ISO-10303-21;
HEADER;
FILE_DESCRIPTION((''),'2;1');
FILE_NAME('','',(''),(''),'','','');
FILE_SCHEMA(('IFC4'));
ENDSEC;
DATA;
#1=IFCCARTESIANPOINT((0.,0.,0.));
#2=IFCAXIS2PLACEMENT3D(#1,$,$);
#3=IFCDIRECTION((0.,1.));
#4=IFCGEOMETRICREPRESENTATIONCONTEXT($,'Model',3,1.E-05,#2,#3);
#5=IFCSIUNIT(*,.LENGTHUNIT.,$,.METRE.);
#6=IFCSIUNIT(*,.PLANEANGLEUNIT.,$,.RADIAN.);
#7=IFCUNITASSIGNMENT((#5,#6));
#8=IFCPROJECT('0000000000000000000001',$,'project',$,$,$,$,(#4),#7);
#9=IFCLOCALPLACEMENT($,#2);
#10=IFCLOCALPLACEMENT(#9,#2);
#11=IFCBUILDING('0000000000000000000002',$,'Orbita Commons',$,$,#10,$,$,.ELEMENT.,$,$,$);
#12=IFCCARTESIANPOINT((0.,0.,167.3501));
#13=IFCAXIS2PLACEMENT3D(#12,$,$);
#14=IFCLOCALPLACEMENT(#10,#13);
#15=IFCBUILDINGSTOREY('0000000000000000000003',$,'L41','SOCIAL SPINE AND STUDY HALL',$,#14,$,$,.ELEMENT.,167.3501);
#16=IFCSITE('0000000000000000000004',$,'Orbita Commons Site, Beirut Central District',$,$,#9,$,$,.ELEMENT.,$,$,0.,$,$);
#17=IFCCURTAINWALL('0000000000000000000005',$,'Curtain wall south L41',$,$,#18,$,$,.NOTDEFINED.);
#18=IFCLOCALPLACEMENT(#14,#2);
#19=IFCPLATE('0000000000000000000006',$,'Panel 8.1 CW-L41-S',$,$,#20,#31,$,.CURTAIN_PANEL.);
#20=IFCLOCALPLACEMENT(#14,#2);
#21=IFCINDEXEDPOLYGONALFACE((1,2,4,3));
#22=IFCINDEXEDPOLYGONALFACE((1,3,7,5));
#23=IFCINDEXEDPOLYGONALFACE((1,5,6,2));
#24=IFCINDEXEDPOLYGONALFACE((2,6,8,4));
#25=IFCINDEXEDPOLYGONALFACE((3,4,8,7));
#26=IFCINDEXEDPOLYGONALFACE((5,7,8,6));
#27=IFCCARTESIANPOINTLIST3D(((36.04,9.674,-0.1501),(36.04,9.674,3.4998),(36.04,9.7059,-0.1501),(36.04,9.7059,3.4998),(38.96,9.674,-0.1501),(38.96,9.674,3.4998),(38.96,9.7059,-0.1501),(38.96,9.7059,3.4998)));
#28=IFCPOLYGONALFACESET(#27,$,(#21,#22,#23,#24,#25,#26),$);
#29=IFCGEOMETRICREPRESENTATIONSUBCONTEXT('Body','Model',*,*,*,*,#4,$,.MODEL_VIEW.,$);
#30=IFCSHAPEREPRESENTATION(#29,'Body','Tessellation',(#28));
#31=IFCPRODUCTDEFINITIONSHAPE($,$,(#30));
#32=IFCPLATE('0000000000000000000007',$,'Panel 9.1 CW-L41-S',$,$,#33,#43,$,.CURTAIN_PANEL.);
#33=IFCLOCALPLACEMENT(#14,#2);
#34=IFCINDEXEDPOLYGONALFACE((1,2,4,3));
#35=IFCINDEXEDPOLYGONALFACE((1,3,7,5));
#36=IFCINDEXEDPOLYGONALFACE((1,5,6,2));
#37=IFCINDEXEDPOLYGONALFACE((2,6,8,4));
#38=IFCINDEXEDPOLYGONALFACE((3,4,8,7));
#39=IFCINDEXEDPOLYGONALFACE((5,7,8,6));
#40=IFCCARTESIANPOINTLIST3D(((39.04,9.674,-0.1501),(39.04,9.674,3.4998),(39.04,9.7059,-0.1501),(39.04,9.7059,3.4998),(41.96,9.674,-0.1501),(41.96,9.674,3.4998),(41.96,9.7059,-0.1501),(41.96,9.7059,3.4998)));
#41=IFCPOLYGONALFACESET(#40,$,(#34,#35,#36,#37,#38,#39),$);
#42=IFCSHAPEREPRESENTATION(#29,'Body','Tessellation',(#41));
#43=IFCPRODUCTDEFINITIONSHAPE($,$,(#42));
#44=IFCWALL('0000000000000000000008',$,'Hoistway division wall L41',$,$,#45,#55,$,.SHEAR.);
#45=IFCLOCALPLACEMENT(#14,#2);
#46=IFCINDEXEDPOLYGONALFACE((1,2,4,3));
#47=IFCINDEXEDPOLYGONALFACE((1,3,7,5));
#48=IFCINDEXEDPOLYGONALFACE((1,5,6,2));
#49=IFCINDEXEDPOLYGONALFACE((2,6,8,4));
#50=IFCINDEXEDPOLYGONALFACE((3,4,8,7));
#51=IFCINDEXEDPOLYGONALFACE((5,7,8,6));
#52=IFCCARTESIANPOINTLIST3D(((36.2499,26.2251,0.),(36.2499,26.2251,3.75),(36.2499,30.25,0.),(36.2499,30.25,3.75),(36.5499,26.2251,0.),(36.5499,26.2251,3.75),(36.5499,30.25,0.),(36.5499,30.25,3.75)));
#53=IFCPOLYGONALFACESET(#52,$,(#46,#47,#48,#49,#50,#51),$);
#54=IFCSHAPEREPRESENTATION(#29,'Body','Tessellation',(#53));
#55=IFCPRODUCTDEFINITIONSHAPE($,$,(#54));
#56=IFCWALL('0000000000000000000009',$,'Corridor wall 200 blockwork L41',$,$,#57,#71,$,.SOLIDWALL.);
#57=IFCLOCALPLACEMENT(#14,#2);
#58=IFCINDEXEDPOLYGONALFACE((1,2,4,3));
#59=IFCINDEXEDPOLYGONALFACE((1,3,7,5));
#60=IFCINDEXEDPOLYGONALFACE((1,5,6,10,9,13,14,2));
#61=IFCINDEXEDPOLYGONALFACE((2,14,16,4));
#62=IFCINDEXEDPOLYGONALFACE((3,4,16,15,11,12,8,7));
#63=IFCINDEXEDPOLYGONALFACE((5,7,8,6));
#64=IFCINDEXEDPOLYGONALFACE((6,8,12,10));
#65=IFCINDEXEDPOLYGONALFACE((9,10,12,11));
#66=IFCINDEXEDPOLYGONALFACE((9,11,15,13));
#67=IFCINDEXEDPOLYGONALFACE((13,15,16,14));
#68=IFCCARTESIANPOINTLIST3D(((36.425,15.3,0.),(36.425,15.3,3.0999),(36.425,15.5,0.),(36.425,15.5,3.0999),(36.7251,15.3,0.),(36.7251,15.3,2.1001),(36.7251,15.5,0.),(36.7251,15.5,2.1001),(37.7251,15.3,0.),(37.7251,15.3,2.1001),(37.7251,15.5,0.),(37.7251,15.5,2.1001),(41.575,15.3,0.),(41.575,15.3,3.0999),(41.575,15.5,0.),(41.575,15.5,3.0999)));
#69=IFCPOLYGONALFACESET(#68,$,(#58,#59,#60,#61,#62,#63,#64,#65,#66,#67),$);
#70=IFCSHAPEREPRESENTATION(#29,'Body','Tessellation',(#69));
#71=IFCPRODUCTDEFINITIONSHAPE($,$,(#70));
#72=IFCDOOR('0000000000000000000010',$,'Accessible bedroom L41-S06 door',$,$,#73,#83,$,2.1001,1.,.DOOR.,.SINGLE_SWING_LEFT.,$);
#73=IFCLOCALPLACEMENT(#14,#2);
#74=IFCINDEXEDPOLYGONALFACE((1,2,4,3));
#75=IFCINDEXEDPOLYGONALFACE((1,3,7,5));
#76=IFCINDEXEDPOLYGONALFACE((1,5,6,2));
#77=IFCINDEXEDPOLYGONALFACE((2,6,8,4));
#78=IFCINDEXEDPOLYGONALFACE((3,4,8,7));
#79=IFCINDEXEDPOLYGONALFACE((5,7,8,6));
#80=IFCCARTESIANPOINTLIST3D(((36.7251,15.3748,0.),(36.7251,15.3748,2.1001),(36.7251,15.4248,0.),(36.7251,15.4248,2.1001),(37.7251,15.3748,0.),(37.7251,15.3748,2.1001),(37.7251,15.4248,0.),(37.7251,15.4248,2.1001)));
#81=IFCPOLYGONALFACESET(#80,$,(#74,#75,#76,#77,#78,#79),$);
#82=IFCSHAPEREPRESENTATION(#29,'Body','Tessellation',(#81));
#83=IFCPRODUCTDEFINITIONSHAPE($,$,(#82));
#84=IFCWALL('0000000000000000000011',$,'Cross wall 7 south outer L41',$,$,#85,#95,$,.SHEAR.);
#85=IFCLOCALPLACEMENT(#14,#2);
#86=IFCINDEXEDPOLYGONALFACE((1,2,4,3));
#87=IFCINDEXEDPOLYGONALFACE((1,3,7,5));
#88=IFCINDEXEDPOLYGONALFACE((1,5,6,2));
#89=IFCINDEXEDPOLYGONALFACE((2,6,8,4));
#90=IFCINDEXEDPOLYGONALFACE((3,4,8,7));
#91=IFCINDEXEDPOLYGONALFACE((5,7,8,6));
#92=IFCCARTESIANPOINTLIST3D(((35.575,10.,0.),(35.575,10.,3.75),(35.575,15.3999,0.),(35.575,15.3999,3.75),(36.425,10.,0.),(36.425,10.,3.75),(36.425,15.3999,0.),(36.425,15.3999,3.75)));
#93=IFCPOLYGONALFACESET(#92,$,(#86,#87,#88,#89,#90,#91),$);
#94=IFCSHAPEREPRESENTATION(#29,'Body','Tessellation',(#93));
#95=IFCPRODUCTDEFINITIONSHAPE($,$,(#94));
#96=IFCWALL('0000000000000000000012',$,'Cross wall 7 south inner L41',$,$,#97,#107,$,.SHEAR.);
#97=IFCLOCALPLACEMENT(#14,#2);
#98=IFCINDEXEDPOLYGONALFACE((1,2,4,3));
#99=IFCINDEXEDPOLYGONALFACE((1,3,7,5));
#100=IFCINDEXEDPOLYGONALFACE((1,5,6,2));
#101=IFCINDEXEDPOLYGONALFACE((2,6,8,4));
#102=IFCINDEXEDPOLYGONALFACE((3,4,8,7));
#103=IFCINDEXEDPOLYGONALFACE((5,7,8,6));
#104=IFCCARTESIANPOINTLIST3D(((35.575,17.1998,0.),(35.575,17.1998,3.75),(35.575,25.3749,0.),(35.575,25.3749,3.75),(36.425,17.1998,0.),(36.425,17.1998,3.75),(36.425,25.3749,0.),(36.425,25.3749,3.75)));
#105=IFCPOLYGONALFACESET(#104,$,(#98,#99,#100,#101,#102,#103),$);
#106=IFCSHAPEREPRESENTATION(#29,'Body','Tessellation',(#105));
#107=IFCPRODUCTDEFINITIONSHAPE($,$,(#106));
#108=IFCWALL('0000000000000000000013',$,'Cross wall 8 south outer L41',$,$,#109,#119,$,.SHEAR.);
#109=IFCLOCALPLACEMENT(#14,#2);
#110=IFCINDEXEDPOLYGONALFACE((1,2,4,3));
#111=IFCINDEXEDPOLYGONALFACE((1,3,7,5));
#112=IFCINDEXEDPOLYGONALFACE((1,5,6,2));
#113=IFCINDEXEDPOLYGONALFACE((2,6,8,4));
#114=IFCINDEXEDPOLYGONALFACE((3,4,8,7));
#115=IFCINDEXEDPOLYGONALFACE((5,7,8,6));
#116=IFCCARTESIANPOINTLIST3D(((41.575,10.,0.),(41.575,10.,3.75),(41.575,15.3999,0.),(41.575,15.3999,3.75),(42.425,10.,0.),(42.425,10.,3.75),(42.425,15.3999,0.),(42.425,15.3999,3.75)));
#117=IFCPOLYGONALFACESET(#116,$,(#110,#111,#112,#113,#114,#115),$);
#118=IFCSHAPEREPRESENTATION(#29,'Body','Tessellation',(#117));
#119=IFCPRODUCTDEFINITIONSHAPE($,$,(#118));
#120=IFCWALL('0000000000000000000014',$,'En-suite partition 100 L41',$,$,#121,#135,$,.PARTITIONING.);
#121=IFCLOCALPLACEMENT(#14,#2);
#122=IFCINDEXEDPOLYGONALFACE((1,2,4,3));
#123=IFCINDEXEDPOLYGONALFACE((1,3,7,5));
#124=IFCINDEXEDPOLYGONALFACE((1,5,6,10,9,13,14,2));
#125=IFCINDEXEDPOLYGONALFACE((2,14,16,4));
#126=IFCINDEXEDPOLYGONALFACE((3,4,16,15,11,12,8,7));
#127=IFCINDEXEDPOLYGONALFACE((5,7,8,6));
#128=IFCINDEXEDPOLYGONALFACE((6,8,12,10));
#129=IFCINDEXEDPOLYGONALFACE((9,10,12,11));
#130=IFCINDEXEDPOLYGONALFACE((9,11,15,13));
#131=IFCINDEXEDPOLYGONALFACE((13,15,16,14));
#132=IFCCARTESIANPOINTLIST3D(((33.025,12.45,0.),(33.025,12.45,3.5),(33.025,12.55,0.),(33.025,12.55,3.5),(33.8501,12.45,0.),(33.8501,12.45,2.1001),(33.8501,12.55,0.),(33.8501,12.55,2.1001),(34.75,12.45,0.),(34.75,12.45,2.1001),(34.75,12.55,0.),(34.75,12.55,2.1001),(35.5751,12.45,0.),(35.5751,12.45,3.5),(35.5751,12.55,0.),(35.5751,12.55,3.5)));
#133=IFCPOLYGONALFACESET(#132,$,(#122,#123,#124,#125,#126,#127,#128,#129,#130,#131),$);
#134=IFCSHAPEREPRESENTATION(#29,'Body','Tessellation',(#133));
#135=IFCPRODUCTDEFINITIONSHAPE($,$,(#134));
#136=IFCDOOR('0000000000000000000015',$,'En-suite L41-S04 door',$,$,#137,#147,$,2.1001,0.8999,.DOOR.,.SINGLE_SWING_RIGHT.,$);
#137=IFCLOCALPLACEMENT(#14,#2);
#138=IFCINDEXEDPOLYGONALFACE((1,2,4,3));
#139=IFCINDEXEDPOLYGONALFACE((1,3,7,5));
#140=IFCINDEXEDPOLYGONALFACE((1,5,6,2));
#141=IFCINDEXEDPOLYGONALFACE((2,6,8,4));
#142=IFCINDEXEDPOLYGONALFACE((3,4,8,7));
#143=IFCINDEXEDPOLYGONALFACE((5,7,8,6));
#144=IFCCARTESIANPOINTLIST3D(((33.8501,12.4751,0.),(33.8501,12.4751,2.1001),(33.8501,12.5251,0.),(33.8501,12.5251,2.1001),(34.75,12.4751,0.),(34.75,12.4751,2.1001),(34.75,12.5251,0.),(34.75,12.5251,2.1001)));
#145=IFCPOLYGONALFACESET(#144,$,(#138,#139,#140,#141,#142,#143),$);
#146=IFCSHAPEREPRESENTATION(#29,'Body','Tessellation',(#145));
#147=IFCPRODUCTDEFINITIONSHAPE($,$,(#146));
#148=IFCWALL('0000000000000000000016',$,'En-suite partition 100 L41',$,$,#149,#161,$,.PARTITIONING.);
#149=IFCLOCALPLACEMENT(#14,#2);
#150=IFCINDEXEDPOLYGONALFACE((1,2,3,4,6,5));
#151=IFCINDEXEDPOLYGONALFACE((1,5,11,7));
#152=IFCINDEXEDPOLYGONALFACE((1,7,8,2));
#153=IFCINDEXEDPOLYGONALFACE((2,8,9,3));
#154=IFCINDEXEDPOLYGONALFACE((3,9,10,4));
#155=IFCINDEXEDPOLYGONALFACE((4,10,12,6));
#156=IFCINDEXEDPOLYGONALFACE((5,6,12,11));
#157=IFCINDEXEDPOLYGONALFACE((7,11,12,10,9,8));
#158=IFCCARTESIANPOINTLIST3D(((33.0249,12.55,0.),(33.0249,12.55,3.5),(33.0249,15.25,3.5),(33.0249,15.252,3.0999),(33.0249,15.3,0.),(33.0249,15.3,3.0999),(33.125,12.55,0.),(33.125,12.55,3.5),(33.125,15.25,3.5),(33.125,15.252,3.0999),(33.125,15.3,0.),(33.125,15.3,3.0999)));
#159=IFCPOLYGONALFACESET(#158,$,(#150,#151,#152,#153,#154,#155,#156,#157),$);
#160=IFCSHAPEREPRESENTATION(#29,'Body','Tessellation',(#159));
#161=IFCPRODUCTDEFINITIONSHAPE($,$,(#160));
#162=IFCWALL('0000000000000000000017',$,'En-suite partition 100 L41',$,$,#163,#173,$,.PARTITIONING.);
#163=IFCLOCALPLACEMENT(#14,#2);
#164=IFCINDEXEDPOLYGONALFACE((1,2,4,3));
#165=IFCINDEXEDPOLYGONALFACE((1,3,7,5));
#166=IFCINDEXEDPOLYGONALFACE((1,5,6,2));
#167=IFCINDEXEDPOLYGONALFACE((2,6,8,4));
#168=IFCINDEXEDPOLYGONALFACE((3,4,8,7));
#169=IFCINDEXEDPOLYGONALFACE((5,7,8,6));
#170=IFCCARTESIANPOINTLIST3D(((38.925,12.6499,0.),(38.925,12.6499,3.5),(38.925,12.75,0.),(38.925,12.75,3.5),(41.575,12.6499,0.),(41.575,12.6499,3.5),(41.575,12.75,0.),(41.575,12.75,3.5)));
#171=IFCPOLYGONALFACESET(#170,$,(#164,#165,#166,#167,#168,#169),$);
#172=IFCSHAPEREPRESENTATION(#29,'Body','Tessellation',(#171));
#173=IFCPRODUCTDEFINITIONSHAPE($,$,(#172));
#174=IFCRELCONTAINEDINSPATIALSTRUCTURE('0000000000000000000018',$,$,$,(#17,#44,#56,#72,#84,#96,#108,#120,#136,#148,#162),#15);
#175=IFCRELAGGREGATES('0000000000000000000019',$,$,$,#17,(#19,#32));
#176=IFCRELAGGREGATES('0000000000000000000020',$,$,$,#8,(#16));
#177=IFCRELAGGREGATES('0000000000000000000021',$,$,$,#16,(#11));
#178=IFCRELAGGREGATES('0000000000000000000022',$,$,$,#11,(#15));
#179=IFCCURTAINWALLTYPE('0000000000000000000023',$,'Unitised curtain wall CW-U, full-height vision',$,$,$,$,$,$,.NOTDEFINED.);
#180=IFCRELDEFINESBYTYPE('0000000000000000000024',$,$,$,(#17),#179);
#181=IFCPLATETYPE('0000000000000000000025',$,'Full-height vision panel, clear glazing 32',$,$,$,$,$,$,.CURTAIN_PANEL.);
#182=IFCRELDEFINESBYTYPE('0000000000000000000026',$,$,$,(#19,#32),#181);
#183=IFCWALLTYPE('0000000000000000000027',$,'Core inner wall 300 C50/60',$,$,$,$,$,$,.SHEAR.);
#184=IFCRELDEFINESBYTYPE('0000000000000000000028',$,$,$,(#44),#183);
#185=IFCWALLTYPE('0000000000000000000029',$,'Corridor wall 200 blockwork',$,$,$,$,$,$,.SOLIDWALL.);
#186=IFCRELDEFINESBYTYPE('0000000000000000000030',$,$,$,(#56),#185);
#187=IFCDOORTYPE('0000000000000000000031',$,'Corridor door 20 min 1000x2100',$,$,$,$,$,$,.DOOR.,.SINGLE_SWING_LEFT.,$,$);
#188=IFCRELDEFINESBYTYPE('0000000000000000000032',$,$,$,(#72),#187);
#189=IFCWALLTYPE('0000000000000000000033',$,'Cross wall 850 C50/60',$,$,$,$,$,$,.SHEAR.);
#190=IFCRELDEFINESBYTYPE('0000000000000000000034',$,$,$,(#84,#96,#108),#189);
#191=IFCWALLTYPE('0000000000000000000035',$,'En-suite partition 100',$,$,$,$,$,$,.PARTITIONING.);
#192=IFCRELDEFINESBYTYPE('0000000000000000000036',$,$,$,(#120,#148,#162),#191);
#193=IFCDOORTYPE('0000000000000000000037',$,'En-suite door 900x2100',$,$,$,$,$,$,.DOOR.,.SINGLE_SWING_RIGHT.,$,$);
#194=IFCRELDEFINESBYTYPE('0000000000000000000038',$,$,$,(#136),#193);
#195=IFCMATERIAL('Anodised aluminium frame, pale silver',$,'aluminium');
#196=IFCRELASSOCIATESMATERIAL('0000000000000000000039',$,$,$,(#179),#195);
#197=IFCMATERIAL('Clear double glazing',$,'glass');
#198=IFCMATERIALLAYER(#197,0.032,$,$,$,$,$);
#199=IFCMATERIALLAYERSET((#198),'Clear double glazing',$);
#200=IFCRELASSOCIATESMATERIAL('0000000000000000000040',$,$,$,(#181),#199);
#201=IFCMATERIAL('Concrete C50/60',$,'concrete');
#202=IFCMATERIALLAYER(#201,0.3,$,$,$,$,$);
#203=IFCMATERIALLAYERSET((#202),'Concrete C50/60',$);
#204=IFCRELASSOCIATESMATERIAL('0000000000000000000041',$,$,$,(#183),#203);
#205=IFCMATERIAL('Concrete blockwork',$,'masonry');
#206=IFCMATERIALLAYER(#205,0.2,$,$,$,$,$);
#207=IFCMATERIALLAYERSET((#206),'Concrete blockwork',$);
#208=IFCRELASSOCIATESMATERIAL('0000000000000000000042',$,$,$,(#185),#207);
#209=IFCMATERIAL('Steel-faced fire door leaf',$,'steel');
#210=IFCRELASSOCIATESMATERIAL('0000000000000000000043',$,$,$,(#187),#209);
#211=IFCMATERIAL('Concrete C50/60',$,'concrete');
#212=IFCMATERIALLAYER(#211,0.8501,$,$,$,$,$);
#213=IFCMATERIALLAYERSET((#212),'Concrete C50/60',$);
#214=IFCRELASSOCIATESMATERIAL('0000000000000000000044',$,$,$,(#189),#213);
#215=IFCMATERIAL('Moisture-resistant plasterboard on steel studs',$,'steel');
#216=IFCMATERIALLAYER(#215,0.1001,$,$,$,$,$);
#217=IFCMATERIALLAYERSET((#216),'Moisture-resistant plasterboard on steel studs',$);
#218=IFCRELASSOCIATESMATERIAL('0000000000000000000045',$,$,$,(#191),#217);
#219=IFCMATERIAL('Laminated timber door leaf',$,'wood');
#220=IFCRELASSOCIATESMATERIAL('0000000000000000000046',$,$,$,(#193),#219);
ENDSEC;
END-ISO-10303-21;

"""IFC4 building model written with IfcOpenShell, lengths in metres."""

from ifc_helpers import new_model, si_unit, direction, frame, frame_2d, origin, origin_2d, place, context, subcontext, project, spatial, polyline, rectangle, outline, extrude, material, layer, layer_set, type_object, element, fill, aggregate, save


model = new_model("IFC4")

# Units and contexts
model_context = context("Model", 3, precision=1e-05, world=origin(), true_north=direction((0.0, 1.0)))
body_context = subcontext(model_context, "Body", "Model", "MODEL_VIEW")
ifc_project = project(units=[si_unit("LENGTHUNIT", "METRE"), si_unit("PLANEANGLEUNIT", "RADIAN")], contexts=[model_context])

# Site, building, storey
site_placement = place(None, origin())
site = spatial("IfcSite", under=ifc_project, at=site_placement, Name="Orbita Commons Site, Beirut Central District", CompositionType="ELEMENT", RefElevation=0.0)
building_placement = place(site_placement, origin())
building = spatial("IfcBuilding", under=site, at=building_placement, Name="Orbita Commons", CompositionType="ELEMENT")
storey_placement = place(building_placement, frame((0.0, 0.0, 167.3501)))
storey = spatial("IfcBuildingStorey", under=building, at=storey_placement, Name="L41", Description="SOCIAL SPINE AND STUDY HALL", CompositionType="ELEMENT", Elevation=167.3501)

# Curtain wall
ifc_material_1 = material(Name="Anodised aluminium frame, pale silver", Category="aluminium")
curtain_wall_type = type_object("IfcCurtainWallType", Name="Unitised curtain wall CW-U, full-height vision", PredefinedType="NOTDEFINED", material=ifc_material_1)
curtain_wall_placement = place(storey_placement, origin())
curtain_wall = element("IfcCurtainWall", 1, at=curtain_wall_placement, inside=storey, type_object=curtain_wall_type, Name="Curtain wall south L41", PredefinedType="NOTDEFINED")

# Plates
ifc_material_2 = material(Name="Clear double glazing", Category="glass")
ifc_layer_1 = layer(ifc_material_2, 0.032)
ifc_layer_set_1 = layer_set([ifc_layer_1], Name="Clear double glazing")
plate_type = type_object("IfcPlateType", Name="Full-height vision panel, clear glazing 32", PredefinedType="CURTAIN_PANEL", material=ifc_layer_set_1)
plate_1_placement = place(storey_placement, frame((37.5, 9.6899, -0.1501), z_axis=(0.0, 0.0, 1.0), x_axis=(1.0, 0.0, 0.0)))
plate_1 = element("IfcPlate", 2, at=plate_1_placement, type_object=plate_type, Name="Panel 8.1 CW-L41-S", PredefinedType="CURTAIN_PANEL", context=body_context, shape_type="SweptSolid", body=[
    extrude(rectangle(XDim=2.9199, YDim=0.032, at=origin_2d()), origin(), (0.0, 0.0, 1.0), 3.6499),
])
plate_2_placement = place(storey_placement, frame((40.5, 9.6899, -0.1501), z_axis=(0.0, 0.0, 1.0), x_axis=(1.0, 0.0, 0.0)))
plate_2 = element("IfcPlate", 3, at=plate_2_placement, type_object=plate_type, Name="Panel 9.1 CW-L41-S", PredefinedType="CURTAIN_PANEL", context=body_context, shape_type="SweptSolid", body=[
    extrude(rectangle(XDim=2.9199, YDim=0.032, at=origin_2d()), origin(), (0.0, 0.0, 1.0), 3.6499),
])
aggregate(curtain_wall, [plate_1, plate_2])

# Wall
ifc_material_3 = material(Name="Concrete C50/60", Category="concrete")
ifc_layer_2 = layer(ifc_material_3, 0.3)
ifc_layer_set_2 = layer_set([ifc_layer_2], Name="Concrete C50/60")
wall_type_1 = type_object("IfcWallType", Name="Core inner wall 300 C50/60", PredefinedType="SHEAR", material=ifc_layer_set_2)
wall_1_placement = place(storey_placement, frame((36.3999, 26.2251, 0.0), z_axis=(0.0, 0.0, 1.0), x_axis=(0.0, 1.0, 0.0)))
element("IfcWall", 4, at=wall_1_placement, inside=storey, type_object=wall_type_1, Name="Hoistway division wall L41", PredefinedType="SHEAR", context=body_context, shape_type="SweptSolid", body=[
    extrude(rectangle(XDim=4.0249, YDim=0.3, at=frame_2d((2.0125, 0.0))), origin(), (0.0, 0.0, 1.0), 3.75),
])

# Wall, opening, door
ifc_material_4 = material(Name="Concrete blockwork", Category="masonry")
ifc_layer_3 = layer(ifc_material_4, 0.2)
ifc_layer_set_3 = layer_set([ifc_layer_3], Name="Concrete blockwork")
wall_type_2 = type_object("IfcWallType", Name="Corridor wall 200 blockwork", PredefinedType="SOLIDWALL", material=ifc_layer_set_3)
wall_2_placement = place(storey_placement, frame((36.425, 15.3999, 0.0), z_axis=(0.0, 0.0, 1.0), x_axis=(1.0, 0.0, 0.0)))
wall_2 = element("IfcWall", 5, at=wall_2_placement, inside=storey, type_object=wall_type_2, Name="Corridor wall 200 blockwork L41", PredefinedType="SOLIDWALL", context=body_context, shape_type="SweptSolid", body=[
    extrude(outline(polyline([(0.0, 0.0), (5.1499, 0.0), (5.1499, 3.0999), (0.0, 3.0999), (0.0, 0.0)])), frame((0.0, 0.1001, 0.0), z_axis=(0.0, -1.0, 0.0), x_axis=(1.0, 0.0, 0.0)), (0.0, 0.0, 1.0), 0.2),
])
opening_1_placement = place(wall_2_placement, frame((0.3, 0.0, 0.0)))
opening_1 = element("IfcOpeningElement", 6, at=opening_1_placement, cuts=wall_2, PredefinedType="OPENING", context=body_context, shape_type="SweptSolid", body=[
    extrude(rectangle(XDim=1.0, YDim=2.1001, at=frame_2d((0.5, 1.05))), frame((0.0, 0.1099, 0.0), z_axis=(0.0, -1.0, 0.0), x_axis=(1.0, 0.0, 0.0)), (0.0, 0.0, 1.0), 0.22),
])
ifc_material_5 = material(Name="Steel-faced fire door leaf", Category="steel")
door_type_1 = type_object("IfcDoorType", Name="Corridor door 20 min 1000x2100", OperationType="SINGLE_SWING_LEFT", PredefinedType="DOOR", material=ifc_material_5)
door_1_placement = place(opening_1_placement, origin())
door_1 = element("IfcDoor", 7, at=door_1_placement, inside=storey, type_object=door_type_1, Name="Accessible bedroom L41-S06 door", OperationType="SINGLE_SWING_LEFT", OverallHeight=2.1001, OverallWidth=1.0, PredefinedType="DOOR", context=body_context, shape_type="SweptSolid", body=[
    extrude(rectangle(XDim=1.0, YDim=2.1001, at=frame_2d((0.5, 1.05))), frame((0.0, 0.0249, 0.0), z_axis=(0.0, -1.0, 0.0), x_axis=(1.0, 0.0, 0.0)), (0.0, 0.0, 1.0), 0.05),
])
fill(opening_1, door_1)

# Walls
ifc_material_6 = material(Name="Concrete C50/60", Category="concrete")
ifc_layer_4 = layer(ifc_material_6, 0.8501)
ifc_layer_set_4 = layer_set([ifc_layer_4], Name="Concrete C50/60")
wall_type_3 = type_object("IfcWallType", Name="Cross wall 850 C50/60", PredefinedType="SHEAR", material=ifc_layer_set_4)
wall_3_placement = place(storey_placement, frame((36.0, 10.0, 0.0), z_axis=(0.0, 0.0, 1.0), x_axis=(0.0, 1.0, 0.0)))
element("IfcWall", 8, at=wall_3_placement, inside=storey, type_object=wall_type_3, Name="Cross wall 7 south outer L41", PredefinedType="SHEAR", context=body_context, shape_type="SweptSolid", body=[
    extrude(rectangle(XDim=5.3999, YDim=0.8501, at=frame_2d((2.7, 0.0))), origin(), (0.0, 0.0, 1.0), 3.75),
])
wall_4_placement = place(storey_placement, frame((36.0, 17.2, 0.0), z_axis=(0.0, 0.0, 1.0), x_axis=(0.0, 1.0, 0.0)))
element("IfcWall", 9, at=wall_4_placement, inside=storey, type_object=wall_type_3, Name="Cross wall 7 south inner L41", PredefinedType="SHEAR", context=body_context, shape_type="SweptSolid", body=[
    extrude(rectangle(XDim=8.175, YDim=0.8501, at=frame_2d((4.0874, 0.0))), origin(), (0.0, 0.0, 1.0), 3.75),
])
wall_5_placement = place(storey_placement, frame((42.0, 10.0, 0.0), z_axis=(0.0, 0.0, 1.0), x_axis=(0.0, 1.0, 0.0)))
element("IfcWall", 10, at=wall_5_placement, inside=storey, type_object=wall_type_3, Name="Cross wall 8 south outer L41", PredefinedType="SHEAR", context=body_context, shape_type="SweptSolid", body=[
    extrude(rectangle(XDim=5.3999, YDim=0.8501, at=frame_2d((2.7, 0.0))), origin(), (0.0, 0.0, 1.0), 3.75),
])

# Wall, opening, door
ifc_material_7 = material(Name="Moisture-resistant plasterboard on steel studs", Category="steel")
ifc_layer_5 = layer(ifc_material_7, 0.1001)
ifc_layer_set_5 = layer_set([ifc_layer_5], Name="Moisture-resistant plasterboard on steel studs")
wall_type_4 = type_object("IfcWallType", Name="En-suite partition 100", PredefinedType="PARTITIONING", material=ifc_layer_set_5)
wall_6_placement = place(storey_placement, frame((35.575, 12.5, 0.0), z_axis=(0.0, 0.0, 1.0), x_axis=(-1.0, 0.0, 0.0)))
wall_6 = element("IfcWall", 11, at=wall_6_placement, inside=storey, type_object=wall_type_4, Name="En-suite partition 100 L41", PredefinedType="PARTITIONING", context=body_context, shape_type="SweptSolid", body=[
    extrude(rectangle(XDim=2.55, YDim=0.1001, at=frame_2d((1.2749, 0.0))), origin(), (0.0, 0.0, 1.0), 3.5),
])
opening_2_placement = place(wall_6_placement, frame((0.825, 0.0, 0.0)))
opening_2 = element("IfcOpeningElement", 12, at=opening_2_placement, cuts=wall_6, PredefinedType="OPENING", context=body_context, shape_type="SweptSolid", body=[
    extrude(rectangle(XDim=0.8999, YDim=2.1001, at=frame_2d((0.45, 1.05))), frame((0.0, 0.0601, 0.0), z_axis=(0.0, -1.0, 0.0), x_axis=(1.0, 0.0, 0.0)), (0.0, 0.0, 1.0), 0.1201),
])
ifc_material_8 = material(Name="Laminated timber door leaf", Category="wood")
door_type_2 = type_object("IfcDoorType", Name="En-suite door 900x2100", OperationType="SINGLE_SWING_RIGHT", PredefinedType="DOOR", material=ifc_material_8)
door_2_placement = place(opening_2_placement, origin())
door_2 = element("IfcDoor", 13, at=door_2_placement, inside=storey, type_object=door_type_2, Name="En-suite L41-S04 door", OperationType="SINGLE_SWING_RIGHT", OverallHeight=2.1001, OverallWidth=0.8999, PredefinedType="DOOR", context=body_context, shape_type="SweptSolid", body=[
    extrude(rectangle(XDim=0.8999, YDim=2.1001, at=frame_2d((0.45, 1.05))), frame((0.0, 0.0249, 0.0), z_axis=(0.0, -1.0, 0.0), x_axis=(1.0, 0.0, 0.0)), (0.0, 0.0, 1.0), 0.05),
])
fill(opening_2, door_2)

# Walls
wall_7_placement = place(storey_placement, frame((33.075, 12.55, 0.0), z_axis=(0.0, 0.0, 1.0), x_axis=(0.0, 1.0, 0.0)))
element("IfcWall", 14, at=wall_7_placement, inside=storey, type_object=wall_type_4, Name="En-suite partition 100 L41", PredefinedType="PARTITIONING", context=body_context, shape_type="SweptSolid", body=[
    extrude(outline(polyline([(0.0, 0.0), (2.75, 0.0), (2.75, 3.0999), (2.7019, 3.0999), (2.7, 3.5), (0.0, 3.5), (0.0, 0.0)])), frame((0.0, 0.05, 0.0), z_axis=(0.0, -1.0, 0.0), x_axis=(1.0, 0.0, 0.0)), (0.0, 0.0, 1.0), 0.1001),
])
wall_8_placement = place(storey_placement, frame((38.925, 12.7, 0.0), z_axis=(0.0, 0.0, 1.0), x_axis=(1.0, 0.0, 0.0)))
element("IfcWall", 15, at=wall_8_placement, inside=storey, type_object=wall_type_4, Name="En-suite partition 100 L41", PredefinedType="PARTITIONING", context=body_context, shape_type="SweptSolid", body=[
    extrude(rectangle(XDim=2.6499, YDim=0.1001, at=frame_2d((1.325, 0.0))), origin(), (0.0, 0.0, 1.0), 3.5),
])

save(model, "model.ifc")
